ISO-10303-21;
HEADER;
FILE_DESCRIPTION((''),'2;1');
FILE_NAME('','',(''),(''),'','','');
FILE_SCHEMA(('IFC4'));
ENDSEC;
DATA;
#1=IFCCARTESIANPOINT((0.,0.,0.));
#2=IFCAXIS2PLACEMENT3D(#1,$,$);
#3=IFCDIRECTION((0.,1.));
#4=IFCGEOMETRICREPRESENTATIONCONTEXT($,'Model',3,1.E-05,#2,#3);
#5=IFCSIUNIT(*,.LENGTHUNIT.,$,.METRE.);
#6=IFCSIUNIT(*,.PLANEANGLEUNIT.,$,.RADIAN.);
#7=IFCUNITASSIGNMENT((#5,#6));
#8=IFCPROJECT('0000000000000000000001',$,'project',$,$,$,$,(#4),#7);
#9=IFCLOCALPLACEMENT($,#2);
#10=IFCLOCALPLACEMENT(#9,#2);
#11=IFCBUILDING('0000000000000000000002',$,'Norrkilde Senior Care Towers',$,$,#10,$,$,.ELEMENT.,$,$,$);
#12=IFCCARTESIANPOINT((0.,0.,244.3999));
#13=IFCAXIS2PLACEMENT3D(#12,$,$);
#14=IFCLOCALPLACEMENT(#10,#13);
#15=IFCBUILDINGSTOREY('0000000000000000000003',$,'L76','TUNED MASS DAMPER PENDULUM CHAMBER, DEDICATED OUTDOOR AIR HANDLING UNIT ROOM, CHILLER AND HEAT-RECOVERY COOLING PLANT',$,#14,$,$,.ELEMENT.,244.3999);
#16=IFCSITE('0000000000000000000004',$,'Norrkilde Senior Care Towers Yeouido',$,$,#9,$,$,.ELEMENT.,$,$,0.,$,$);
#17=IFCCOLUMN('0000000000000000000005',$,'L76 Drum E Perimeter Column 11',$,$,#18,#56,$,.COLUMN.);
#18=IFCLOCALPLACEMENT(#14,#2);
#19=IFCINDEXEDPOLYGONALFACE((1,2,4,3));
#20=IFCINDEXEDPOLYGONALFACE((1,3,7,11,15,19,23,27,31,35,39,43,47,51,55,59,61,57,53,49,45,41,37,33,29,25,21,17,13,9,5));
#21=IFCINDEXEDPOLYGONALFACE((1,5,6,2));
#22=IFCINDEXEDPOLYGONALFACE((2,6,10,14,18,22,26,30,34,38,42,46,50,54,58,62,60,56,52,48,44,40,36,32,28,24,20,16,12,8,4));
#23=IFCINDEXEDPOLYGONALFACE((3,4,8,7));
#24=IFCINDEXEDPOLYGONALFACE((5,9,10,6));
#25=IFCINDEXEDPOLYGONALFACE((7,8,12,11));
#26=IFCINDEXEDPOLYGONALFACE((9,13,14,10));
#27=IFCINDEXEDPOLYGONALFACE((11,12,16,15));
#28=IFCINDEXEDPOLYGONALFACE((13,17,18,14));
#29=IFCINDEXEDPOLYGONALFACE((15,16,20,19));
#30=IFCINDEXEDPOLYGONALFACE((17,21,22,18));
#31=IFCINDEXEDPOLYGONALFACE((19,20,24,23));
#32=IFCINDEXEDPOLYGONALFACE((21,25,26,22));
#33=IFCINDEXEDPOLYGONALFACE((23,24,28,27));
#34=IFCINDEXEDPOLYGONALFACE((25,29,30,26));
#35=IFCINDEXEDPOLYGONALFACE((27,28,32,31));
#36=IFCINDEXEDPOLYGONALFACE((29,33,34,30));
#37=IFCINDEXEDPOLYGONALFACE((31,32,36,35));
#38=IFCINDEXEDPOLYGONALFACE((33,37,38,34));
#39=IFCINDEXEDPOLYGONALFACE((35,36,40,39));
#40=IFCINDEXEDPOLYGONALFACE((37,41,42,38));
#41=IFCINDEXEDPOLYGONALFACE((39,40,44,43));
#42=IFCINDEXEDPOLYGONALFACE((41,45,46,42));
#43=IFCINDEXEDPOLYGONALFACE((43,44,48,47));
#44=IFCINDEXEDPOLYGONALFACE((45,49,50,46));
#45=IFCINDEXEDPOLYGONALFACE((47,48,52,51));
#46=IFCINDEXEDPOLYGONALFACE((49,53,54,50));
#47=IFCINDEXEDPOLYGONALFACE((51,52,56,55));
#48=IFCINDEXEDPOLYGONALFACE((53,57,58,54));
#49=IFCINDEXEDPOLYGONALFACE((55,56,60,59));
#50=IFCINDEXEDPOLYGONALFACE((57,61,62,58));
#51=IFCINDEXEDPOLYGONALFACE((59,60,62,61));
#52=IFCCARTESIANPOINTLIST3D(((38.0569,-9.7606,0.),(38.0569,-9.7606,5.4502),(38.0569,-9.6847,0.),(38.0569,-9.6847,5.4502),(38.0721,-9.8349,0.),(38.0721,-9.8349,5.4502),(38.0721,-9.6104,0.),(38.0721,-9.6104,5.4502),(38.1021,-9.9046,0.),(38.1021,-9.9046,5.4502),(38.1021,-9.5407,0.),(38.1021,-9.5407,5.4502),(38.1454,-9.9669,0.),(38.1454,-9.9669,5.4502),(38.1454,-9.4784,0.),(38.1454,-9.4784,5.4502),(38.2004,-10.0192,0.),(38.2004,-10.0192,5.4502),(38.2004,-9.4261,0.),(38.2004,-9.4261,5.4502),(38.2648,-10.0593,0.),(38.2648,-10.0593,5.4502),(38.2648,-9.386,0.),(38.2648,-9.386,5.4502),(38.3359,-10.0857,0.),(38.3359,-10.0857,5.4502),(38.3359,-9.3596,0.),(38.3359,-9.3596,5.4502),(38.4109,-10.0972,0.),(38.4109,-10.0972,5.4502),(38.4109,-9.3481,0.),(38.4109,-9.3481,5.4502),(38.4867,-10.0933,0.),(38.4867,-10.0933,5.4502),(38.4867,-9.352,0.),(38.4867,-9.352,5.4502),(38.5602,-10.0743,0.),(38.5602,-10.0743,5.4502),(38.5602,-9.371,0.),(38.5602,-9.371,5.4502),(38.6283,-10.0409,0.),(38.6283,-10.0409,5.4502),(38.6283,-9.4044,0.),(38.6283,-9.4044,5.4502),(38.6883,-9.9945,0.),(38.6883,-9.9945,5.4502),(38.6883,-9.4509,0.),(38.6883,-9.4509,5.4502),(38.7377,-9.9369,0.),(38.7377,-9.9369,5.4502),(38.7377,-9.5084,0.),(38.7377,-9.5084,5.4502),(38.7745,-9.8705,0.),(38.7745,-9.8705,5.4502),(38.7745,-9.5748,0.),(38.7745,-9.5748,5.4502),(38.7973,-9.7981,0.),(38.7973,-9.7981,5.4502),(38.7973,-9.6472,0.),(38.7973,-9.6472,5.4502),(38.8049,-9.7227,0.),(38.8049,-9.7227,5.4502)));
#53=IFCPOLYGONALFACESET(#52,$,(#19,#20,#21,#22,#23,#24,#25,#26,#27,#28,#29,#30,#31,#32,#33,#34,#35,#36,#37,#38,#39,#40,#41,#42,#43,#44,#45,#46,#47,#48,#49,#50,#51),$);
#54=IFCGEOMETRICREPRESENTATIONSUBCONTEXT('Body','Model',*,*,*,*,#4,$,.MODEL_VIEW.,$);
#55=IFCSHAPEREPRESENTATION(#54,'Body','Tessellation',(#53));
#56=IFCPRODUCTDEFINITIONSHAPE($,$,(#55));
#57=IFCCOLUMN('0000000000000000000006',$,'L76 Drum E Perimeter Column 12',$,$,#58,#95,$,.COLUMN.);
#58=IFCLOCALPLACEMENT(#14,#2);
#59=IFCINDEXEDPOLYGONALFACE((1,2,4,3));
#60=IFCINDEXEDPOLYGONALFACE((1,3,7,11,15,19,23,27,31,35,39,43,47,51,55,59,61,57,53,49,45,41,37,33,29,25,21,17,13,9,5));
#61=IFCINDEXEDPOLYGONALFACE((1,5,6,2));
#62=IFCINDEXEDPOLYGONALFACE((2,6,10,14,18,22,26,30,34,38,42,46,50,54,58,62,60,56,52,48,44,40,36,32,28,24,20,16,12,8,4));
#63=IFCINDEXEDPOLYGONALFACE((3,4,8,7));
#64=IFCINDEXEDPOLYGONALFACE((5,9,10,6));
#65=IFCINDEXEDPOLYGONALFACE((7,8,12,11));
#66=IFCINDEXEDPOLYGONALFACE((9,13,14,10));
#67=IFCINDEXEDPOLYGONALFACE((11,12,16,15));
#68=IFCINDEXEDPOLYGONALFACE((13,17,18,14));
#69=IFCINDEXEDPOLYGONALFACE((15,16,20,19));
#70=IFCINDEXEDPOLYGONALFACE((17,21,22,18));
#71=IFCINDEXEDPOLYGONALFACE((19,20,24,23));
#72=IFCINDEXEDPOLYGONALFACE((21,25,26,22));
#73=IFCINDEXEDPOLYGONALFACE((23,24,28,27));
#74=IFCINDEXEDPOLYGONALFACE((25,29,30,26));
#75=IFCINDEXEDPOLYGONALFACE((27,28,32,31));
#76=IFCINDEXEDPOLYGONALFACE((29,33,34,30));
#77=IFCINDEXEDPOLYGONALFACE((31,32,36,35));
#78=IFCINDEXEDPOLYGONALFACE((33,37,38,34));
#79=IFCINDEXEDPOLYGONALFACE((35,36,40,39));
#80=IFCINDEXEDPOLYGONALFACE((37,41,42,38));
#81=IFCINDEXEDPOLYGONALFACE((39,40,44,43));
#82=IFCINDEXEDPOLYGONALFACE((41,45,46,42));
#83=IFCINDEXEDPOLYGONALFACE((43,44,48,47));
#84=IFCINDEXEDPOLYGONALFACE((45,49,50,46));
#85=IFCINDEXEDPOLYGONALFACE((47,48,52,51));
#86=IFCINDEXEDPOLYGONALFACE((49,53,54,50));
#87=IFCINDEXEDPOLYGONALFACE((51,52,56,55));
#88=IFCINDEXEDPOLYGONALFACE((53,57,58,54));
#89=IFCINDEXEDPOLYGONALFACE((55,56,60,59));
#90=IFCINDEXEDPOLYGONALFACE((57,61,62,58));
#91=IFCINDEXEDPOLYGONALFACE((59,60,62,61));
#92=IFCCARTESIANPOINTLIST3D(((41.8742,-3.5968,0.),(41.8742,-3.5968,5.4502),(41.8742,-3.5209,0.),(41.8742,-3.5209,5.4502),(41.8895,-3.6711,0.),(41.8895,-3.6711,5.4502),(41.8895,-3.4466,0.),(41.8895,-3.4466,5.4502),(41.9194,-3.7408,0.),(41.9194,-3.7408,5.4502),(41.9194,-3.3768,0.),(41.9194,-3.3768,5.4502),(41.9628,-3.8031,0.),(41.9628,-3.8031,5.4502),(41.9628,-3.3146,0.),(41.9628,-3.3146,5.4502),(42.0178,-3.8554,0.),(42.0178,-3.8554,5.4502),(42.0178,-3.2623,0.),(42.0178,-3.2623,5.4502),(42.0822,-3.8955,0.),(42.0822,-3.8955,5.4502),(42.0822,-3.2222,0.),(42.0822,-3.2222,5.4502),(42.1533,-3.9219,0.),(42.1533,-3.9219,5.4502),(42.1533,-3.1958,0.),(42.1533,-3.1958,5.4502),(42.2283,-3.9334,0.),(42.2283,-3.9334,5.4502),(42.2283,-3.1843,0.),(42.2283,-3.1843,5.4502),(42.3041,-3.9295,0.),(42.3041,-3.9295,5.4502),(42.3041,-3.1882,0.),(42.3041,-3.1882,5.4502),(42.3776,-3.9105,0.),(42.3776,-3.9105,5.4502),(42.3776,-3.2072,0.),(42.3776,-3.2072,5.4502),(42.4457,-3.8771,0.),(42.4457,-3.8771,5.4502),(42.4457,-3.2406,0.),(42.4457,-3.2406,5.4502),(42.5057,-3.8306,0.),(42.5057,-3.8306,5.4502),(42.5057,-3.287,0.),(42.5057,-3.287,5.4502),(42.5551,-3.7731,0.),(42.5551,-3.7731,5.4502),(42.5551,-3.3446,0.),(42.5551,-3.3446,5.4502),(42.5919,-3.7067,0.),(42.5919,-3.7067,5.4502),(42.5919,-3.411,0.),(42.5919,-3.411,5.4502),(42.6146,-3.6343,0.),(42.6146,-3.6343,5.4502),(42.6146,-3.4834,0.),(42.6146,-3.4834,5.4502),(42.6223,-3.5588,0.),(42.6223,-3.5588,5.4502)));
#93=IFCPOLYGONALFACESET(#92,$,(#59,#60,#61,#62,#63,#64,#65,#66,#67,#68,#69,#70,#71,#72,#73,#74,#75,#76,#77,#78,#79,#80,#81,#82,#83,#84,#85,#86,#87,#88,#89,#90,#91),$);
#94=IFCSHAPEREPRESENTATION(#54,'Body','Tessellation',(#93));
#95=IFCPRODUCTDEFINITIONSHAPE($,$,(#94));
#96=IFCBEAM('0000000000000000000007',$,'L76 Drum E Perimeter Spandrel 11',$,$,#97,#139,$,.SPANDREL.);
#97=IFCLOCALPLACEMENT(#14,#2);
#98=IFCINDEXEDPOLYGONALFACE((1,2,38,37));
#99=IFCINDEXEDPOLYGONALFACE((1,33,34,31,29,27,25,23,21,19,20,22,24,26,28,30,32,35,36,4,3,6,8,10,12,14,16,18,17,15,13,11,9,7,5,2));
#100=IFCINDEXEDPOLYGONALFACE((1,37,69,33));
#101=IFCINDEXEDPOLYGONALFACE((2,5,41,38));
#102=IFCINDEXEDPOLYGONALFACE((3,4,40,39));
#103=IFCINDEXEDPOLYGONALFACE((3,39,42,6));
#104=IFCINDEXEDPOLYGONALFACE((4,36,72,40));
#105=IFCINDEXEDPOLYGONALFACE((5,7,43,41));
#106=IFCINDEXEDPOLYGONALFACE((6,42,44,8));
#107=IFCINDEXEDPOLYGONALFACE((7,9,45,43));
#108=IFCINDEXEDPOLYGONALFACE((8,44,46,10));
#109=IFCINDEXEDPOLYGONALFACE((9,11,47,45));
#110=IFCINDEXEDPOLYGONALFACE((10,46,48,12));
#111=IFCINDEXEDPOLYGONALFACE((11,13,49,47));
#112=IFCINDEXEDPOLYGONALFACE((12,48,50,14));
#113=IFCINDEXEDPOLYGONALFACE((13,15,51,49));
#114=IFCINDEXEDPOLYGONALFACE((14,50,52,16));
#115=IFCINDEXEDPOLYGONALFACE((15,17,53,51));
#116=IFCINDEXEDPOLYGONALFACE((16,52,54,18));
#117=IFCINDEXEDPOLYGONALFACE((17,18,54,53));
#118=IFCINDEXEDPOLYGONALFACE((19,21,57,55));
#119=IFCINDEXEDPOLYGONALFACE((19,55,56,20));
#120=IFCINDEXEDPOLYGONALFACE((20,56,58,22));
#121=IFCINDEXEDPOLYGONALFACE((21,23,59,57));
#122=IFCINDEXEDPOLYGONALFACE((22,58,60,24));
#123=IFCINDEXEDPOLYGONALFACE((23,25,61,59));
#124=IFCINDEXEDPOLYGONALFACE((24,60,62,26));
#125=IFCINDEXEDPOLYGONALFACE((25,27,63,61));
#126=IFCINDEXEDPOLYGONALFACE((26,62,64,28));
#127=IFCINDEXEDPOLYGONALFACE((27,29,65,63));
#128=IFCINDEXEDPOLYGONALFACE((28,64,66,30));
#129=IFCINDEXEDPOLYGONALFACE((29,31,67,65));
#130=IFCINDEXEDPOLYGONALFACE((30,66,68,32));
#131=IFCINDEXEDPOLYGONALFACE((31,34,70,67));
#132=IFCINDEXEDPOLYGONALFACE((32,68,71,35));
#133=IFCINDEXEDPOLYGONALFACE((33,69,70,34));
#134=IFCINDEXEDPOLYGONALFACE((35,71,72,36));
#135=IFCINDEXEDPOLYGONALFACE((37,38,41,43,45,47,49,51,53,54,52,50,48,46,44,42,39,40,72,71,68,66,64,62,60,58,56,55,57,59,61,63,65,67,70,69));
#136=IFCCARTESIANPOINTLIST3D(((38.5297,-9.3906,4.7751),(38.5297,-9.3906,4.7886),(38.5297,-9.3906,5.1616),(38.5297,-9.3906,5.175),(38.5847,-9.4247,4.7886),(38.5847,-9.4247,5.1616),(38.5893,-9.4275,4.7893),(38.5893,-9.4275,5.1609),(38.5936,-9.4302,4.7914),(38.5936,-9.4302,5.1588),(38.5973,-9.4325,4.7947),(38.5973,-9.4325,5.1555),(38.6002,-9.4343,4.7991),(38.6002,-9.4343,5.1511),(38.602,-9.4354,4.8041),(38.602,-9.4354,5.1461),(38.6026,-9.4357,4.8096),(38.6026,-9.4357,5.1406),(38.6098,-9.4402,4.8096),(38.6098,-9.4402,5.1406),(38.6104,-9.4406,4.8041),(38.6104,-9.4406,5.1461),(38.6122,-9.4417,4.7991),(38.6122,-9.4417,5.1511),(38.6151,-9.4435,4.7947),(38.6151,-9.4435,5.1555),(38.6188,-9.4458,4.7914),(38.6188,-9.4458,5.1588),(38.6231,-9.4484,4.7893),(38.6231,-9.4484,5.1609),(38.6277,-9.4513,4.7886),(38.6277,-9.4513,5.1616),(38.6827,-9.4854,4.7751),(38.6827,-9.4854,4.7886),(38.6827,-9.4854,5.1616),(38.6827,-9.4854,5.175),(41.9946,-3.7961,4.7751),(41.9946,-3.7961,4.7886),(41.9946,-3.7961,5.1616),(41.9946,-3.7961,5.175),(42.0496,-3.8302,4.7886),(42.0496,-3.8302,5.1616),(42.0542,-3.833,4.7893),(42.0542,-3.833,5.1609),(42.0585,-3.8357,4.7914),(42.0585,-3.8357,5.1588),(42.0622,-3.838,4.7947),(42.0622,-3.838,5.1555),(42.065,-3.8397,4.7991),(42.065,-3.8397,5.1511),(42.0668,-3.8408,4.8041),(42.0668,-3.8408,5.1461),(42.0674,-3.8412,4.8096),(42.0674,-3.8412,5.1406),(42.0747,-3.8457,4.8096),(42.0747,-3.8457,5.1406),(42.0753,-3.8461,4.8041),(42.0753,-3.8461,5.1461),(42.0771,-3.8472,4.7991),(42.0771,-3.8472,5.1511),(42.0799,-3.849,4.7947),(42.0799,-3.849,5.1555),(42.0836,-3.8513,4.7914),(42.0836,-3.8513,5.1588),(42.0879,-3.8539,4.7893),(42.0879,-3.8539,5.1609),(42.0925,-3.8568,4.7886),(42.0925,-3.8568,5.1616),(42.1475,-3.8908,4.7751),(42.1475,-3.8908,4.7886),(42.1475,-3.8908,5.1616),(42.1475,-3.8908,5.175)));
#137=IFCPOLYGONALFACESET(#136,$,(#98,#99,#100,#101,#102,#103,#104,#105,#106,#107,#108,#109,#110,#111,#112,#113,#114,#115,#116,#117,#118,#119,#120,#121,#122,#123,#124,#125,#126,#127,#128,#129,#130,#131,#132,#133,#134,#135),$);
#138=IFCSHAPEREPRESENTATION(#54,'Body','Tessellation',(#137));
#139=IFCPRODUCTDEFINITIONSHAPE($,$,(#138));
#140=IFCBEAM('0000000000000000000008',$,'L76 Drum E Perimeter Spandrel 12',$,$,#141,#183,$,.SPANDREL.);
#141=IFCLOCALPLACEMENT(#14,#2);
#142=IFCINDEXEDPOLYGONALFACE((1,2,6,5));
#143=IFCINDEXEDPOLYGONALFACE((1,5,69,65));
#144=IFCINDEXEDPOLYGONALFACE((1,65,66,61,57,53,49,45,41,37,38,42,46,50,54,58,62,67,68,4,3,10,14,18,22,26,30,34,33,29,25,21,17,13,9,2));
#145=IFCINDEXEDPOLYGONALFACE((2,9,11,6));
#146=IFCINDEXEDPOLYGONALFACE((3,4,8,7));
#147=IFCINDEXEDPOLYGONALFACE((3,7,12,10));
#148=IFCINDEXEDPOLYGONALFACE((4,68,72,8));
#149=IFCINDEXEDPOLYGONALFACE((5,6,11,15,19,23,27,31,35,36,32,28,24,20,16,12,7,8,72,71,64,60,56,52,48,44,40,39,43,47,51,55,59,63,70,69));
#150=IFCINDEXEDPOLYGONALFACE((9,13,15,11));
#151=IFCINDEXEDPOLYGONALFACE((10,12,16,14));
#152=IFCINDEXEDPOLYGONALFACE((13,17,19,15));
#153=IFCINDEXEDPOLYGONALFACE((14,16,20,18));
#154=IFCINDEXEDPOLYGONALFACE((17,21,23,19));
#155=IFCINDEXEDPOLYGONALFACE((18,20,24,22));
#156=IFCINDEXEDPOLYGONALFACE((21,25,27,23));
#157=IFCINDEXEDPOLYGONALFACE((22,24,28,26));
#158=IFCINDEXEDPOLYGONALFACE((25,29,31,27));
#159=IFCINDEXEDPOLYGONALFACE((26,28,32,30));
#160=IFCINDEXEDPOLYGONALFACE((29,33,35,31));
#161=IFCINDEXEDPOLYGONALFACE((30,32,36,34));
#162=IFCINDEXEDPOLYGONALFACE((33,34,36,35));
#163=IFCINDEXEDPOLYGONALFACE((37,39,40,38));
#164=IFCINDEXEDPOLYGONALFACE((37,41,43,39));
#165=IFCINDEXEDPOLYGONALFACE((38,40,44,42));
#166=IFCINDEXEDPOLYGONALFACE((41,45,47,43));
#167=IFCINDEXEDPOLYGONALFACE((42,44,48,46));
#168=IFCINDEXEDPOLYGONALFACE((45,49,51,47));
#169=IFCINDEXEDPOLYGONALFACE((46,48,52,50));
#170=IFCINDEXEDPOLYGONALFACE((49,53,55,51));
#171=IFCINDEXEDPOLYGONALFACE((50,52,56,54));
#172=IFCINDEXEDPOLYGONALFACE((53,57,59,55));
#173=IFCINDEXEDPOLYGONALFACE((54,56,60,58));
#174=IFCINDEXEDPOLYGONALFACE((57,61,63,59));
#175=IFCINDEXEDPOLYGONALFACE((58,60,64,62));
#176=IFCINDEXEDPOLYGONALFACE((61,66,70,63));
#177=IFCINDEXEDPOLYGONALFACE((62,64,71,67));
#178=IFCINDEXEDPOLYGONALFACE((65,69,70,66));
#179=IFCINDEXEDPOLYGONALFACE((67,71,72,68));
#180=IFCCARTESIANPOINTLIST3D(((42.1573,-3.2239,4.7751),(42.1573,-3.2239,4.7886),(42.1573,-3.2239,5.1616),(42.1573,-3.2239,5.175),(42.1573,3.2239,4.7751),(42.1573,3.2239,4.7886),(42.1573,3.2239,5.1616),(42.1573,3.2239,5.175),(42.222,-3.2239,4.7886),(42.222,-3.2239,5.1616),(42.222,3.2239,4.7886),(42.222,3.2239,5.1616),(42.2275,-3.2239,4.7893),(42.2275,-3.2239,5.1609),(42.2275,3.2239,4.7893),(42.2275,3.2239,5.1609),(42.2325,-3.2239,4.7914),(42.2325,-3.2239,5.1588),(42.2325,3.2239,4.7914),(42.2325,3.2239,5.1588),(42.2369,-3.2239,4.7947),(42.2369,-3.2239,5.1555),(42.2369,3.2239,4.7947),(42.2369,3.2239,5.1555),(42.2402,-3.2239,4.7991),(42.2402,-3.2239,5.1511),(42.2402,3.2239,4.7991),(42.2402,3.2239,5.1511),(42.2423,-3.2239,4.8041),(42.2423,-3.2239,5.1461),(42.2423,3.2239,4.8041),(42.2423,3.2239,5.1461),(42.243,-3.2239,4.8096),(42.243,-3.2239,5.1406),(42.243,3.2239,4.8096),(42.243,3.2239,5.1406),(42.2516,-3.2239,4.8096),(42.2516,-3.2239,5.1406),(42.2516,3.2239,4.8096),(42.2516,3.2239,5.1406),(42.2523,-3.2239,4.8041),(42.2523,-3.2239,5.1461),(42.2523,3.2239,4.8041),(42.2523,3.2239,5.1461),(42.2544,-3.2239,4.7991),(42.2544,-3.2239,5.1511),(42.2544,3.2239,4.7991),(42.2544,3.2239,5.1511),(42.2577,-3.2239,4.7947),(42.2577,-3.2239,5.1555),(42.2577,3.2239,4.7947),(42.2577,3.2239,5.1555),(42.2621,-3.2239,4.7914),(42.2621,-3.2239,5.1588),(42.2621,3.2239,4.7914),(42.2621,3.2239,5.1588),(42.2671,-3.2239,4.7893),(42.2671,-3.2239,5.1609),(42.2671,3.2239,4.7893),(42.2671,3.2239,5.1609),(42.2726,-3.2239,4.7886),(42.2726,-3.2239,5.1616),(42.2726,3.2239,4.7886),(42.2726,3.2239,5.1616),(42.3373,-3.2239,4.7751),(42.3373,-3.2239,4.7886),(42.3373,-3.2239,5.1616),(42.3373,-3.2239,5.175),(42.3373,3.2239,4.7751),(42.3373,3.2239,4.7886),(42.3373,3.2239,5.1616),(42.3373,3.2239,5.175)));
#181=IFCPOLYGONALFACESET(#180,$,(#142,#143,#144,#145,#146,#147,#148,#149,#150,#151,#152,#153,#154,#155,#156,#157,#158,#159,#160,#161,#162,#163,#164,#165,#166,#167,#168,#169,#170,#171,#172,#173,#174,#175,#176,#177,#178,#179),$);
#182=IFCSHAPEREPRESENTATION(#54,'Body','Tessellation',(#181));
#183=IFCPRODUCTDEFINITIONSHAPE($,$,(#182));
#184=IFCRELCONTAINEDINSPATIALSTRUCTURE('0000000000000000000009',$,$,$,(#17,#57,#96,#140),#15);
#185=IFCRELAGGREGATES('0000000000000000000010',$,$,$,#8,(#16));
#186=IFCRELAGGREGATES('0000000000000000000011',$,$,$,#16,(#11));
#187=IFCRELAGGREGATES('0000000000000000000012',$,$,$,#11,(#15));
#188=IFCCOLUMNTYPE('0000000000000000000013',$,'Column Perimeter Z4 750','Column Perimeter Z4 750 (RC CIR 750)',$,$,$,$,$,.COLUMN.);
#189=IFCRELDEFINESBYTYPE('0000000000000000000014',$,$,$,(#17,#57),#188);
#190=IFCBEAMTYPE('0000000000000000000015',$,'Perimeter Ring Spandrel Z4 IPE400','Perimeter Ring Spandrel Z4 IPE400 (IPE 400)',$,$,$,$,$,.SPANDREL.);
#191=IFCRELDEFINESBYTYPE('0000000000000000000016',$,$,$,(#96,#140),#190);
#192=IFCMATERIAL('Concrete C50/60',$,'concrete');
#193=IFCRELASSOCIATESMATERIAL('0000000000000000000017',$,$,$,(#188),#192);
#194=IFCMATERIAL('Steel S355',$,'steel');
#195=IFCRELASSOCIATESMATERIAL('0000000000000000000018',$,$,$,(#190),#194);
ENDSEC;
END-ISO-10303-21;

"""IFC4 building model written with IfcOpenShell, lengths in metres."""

from ifc_helpers import new_model, si_unit, direction, frame, origin, origin_2d, place, context, subcontext, project, spatial, circle, i_section, extrude, source, transform, mapped, material, material_profile, profile_set, type_object, type_shapes, element, save


model = new_model("IFC4")

# Units and contexts
model_context = context("Model", 3, precision=1e-05, world=origin(), true_north=direction((0.0, 1.0)))
body_context = subcontext(model_context, "Body", "Model", "MODEL_VIEW")
ifc_project = project(units=[si_unit("LENGTHUNIT", "METRE"), si_unit("PLANEANGLEUNIT", "RADIAN")], contexts=[model_context])

# Site, building, storey
site_placement = place(None, origin())
site = spatial("IfcSite", under=ifc_project, at=site_placement, Name="Norrkilde Senior Care Towers Yeouido", CompositionType="ELEMENT", RefElevation=0.0)
building_placement = place(site_placement, origin())
building = spatial("IfcBuilding", under=site, at=building_placement, Name="Norrkilde Senior Care Towers", CompositionType="ELEMENT")
storey_placement = place(building_placement, frame((0.0, 0.0, 244.3999)))
storey = spatial("IfcBuildingStorey", under=building, at=storey_placement, Name="L76", Description="TUNED MASS DAMPER PENDULUM CHAMBER, DEDICATED OUTDOOR AIR HANDLING UNIT ROOM, CHILLER AND HEAT-RECOVERY COOLING PLANT", CompositionType="ELEMENT", Elevation=244.3999)

# Columns
ifc_material_1 = material(Name="Concrete C50/60", Category="concrete")
ifc_material_profile_1 = material_profile(ifc_material_1, circle(Radius=0.375, at=origin_2d()), Name="RC CIR 750")
ifc_profile_set_1 = profile_set([ifc_material_profile_1], Name="Concrete C50/60")
column_type = type_object("IfcColumnType", Name="Column Perimeter Z4 750", Description="Column Perimeter Z4 750 (RC CIR 750)", PredefinedType="COLUMN", material=ifc_profile_set_1)
shared_shape_1 = source(origin(), body_context, "Body", "SweptSolid", [
    extrude(circle(Radius=0.375, at=origin_2d()), origin(), (0.0, 0.0, 1.0), 5.4502),
])
type_shapes(column_type, [shared_shape_1])
for number, where, z_axis, x_axis, name in (
    (1, (38.4299, -9.7227, 0.0), (0.0, 0.0, 1.0), (1.0, 0.0, 0.0), "L76 Drum E Perimeter Column 11"),
    (2, (42.2473, -3.5588, 0.0), (0.0, 0.0, 1.0), (1.0, 0.0, 0.0), "L76 Drum E Perimeter Column 12"),
):
    element("IfcColumn", number, at=place(storey_placement, frame(where, z_axis=z_axis, x_axis=x_axis)), inside=storey, type_object=column_type, Name=name, PredefinedType="COLUMN", context=body_context, shape_type="MappedRepresentation", body=[
        mapped(shared_shape_1, transform((0.0, 0.0, 0.0), x_axis=(1.0, 0.0, 0.0), y_axis=(0.0, 1.0, 0.0), z_axis=(0.0, 0.0, 1.0), scale=1.0)),
    ])

# Beams
ifc_material_2 = material(Name="Steel S355", Category="steel")
ifc_material_profile_2 = material_profile(ifc_material_2, i_section(OverallWidth=0.1799, OverallDepth=0.3999, WebThickness=0.0085, FlangeThickness=0.0134, FilletRadius=0.021, at=origin_2d()), Name="IPE 400")
ifc_profile_set_2 = profile_set([ifc_material_profile_2], Name="Steel S355")
beam_type = type_object("IfcBeamType", Name="Perimeter Ring Spandrel Z4 IPE400", Description="Perimeter Ring Spandrel Z4 IPE400 (IPE 400)", PredefinedType="SPANDREL", material=ifc_profile_set_2)
shared_shape_2 = source(origin(), body_context, "Body", "SweptSolid", [
    extrude(i_section(OverallWidth=0.1799, OverallDepth=0.3999, WebThickness=0.0085, FlangeThickness=0.0134, FilletRadius=0.021, at=origin_2d()), origin(), (0.0, 0.0, 1.0), 6.5806),
])
beam_1_placement = place(storey_placement, frame((38.6062, -9.438, 4.9751), z_axis=(0.52653, 0.850157, 0.0), x_axis=(-0.850157, 0.52653, 0.0)))
element("IfcBeam", 3, at=beam_1_placement, inside=storey, type_object=beam_type, Name="L76 Drum E Perimeter Spandrel 11", PredefinedType="SPANDREL", context=body_context, shape_type="MappedRepresentation", body=[
    mapped(shared_shape_2, transform((0.0, 0.0, 0.0), x_axis=(1.0, 0.0, 0.0), y_axis=(0.0, 1.0, 0.0), z_axis=(0.0, 0.0, 1.0), scale=1.0)),
])
shared_shape_3 = source(origin(), body_context, "Body", "SweptSolid", [
    extrude(i_section(OverallWidth=0.1799, OverallDepth=0.3999, WebThickness=0.0085, FlangeThickness=0.0134, FilletRadius=0.021, at=origin_2d()), origin(), (0.0, 0.0, 1.0), 6.4478),
])
type_shapes(beam_type, [shared_shape_2, shared_shape_3])
beam_2_placement = place(storey_placement, frame((42.2473, -3.2239, 4.9751), z_axis=(0.0, 1.0, 0.0), x_axis=(-1.0, 0.0, 0.0)))
element("IfcBeam", 4, at=beam_2_placement, inside=storey, type_object=beam_type, Name="L76 Drum E Perimeter Spandrel 12", PredefinedType="SPANDREL", context=body_context, shape_type="MappedRepresentation", body=[
    mapped(shared_shape_3, transform((0.0, 0.0, 0.0), x_axis=(1.0, 0.0, 0.0), y_axis=(0.0, 1.0, 0.0), z_axis=(0.0, 0.0, 1.0), scale=1.0)),
])

save(model, "model.ifc")
